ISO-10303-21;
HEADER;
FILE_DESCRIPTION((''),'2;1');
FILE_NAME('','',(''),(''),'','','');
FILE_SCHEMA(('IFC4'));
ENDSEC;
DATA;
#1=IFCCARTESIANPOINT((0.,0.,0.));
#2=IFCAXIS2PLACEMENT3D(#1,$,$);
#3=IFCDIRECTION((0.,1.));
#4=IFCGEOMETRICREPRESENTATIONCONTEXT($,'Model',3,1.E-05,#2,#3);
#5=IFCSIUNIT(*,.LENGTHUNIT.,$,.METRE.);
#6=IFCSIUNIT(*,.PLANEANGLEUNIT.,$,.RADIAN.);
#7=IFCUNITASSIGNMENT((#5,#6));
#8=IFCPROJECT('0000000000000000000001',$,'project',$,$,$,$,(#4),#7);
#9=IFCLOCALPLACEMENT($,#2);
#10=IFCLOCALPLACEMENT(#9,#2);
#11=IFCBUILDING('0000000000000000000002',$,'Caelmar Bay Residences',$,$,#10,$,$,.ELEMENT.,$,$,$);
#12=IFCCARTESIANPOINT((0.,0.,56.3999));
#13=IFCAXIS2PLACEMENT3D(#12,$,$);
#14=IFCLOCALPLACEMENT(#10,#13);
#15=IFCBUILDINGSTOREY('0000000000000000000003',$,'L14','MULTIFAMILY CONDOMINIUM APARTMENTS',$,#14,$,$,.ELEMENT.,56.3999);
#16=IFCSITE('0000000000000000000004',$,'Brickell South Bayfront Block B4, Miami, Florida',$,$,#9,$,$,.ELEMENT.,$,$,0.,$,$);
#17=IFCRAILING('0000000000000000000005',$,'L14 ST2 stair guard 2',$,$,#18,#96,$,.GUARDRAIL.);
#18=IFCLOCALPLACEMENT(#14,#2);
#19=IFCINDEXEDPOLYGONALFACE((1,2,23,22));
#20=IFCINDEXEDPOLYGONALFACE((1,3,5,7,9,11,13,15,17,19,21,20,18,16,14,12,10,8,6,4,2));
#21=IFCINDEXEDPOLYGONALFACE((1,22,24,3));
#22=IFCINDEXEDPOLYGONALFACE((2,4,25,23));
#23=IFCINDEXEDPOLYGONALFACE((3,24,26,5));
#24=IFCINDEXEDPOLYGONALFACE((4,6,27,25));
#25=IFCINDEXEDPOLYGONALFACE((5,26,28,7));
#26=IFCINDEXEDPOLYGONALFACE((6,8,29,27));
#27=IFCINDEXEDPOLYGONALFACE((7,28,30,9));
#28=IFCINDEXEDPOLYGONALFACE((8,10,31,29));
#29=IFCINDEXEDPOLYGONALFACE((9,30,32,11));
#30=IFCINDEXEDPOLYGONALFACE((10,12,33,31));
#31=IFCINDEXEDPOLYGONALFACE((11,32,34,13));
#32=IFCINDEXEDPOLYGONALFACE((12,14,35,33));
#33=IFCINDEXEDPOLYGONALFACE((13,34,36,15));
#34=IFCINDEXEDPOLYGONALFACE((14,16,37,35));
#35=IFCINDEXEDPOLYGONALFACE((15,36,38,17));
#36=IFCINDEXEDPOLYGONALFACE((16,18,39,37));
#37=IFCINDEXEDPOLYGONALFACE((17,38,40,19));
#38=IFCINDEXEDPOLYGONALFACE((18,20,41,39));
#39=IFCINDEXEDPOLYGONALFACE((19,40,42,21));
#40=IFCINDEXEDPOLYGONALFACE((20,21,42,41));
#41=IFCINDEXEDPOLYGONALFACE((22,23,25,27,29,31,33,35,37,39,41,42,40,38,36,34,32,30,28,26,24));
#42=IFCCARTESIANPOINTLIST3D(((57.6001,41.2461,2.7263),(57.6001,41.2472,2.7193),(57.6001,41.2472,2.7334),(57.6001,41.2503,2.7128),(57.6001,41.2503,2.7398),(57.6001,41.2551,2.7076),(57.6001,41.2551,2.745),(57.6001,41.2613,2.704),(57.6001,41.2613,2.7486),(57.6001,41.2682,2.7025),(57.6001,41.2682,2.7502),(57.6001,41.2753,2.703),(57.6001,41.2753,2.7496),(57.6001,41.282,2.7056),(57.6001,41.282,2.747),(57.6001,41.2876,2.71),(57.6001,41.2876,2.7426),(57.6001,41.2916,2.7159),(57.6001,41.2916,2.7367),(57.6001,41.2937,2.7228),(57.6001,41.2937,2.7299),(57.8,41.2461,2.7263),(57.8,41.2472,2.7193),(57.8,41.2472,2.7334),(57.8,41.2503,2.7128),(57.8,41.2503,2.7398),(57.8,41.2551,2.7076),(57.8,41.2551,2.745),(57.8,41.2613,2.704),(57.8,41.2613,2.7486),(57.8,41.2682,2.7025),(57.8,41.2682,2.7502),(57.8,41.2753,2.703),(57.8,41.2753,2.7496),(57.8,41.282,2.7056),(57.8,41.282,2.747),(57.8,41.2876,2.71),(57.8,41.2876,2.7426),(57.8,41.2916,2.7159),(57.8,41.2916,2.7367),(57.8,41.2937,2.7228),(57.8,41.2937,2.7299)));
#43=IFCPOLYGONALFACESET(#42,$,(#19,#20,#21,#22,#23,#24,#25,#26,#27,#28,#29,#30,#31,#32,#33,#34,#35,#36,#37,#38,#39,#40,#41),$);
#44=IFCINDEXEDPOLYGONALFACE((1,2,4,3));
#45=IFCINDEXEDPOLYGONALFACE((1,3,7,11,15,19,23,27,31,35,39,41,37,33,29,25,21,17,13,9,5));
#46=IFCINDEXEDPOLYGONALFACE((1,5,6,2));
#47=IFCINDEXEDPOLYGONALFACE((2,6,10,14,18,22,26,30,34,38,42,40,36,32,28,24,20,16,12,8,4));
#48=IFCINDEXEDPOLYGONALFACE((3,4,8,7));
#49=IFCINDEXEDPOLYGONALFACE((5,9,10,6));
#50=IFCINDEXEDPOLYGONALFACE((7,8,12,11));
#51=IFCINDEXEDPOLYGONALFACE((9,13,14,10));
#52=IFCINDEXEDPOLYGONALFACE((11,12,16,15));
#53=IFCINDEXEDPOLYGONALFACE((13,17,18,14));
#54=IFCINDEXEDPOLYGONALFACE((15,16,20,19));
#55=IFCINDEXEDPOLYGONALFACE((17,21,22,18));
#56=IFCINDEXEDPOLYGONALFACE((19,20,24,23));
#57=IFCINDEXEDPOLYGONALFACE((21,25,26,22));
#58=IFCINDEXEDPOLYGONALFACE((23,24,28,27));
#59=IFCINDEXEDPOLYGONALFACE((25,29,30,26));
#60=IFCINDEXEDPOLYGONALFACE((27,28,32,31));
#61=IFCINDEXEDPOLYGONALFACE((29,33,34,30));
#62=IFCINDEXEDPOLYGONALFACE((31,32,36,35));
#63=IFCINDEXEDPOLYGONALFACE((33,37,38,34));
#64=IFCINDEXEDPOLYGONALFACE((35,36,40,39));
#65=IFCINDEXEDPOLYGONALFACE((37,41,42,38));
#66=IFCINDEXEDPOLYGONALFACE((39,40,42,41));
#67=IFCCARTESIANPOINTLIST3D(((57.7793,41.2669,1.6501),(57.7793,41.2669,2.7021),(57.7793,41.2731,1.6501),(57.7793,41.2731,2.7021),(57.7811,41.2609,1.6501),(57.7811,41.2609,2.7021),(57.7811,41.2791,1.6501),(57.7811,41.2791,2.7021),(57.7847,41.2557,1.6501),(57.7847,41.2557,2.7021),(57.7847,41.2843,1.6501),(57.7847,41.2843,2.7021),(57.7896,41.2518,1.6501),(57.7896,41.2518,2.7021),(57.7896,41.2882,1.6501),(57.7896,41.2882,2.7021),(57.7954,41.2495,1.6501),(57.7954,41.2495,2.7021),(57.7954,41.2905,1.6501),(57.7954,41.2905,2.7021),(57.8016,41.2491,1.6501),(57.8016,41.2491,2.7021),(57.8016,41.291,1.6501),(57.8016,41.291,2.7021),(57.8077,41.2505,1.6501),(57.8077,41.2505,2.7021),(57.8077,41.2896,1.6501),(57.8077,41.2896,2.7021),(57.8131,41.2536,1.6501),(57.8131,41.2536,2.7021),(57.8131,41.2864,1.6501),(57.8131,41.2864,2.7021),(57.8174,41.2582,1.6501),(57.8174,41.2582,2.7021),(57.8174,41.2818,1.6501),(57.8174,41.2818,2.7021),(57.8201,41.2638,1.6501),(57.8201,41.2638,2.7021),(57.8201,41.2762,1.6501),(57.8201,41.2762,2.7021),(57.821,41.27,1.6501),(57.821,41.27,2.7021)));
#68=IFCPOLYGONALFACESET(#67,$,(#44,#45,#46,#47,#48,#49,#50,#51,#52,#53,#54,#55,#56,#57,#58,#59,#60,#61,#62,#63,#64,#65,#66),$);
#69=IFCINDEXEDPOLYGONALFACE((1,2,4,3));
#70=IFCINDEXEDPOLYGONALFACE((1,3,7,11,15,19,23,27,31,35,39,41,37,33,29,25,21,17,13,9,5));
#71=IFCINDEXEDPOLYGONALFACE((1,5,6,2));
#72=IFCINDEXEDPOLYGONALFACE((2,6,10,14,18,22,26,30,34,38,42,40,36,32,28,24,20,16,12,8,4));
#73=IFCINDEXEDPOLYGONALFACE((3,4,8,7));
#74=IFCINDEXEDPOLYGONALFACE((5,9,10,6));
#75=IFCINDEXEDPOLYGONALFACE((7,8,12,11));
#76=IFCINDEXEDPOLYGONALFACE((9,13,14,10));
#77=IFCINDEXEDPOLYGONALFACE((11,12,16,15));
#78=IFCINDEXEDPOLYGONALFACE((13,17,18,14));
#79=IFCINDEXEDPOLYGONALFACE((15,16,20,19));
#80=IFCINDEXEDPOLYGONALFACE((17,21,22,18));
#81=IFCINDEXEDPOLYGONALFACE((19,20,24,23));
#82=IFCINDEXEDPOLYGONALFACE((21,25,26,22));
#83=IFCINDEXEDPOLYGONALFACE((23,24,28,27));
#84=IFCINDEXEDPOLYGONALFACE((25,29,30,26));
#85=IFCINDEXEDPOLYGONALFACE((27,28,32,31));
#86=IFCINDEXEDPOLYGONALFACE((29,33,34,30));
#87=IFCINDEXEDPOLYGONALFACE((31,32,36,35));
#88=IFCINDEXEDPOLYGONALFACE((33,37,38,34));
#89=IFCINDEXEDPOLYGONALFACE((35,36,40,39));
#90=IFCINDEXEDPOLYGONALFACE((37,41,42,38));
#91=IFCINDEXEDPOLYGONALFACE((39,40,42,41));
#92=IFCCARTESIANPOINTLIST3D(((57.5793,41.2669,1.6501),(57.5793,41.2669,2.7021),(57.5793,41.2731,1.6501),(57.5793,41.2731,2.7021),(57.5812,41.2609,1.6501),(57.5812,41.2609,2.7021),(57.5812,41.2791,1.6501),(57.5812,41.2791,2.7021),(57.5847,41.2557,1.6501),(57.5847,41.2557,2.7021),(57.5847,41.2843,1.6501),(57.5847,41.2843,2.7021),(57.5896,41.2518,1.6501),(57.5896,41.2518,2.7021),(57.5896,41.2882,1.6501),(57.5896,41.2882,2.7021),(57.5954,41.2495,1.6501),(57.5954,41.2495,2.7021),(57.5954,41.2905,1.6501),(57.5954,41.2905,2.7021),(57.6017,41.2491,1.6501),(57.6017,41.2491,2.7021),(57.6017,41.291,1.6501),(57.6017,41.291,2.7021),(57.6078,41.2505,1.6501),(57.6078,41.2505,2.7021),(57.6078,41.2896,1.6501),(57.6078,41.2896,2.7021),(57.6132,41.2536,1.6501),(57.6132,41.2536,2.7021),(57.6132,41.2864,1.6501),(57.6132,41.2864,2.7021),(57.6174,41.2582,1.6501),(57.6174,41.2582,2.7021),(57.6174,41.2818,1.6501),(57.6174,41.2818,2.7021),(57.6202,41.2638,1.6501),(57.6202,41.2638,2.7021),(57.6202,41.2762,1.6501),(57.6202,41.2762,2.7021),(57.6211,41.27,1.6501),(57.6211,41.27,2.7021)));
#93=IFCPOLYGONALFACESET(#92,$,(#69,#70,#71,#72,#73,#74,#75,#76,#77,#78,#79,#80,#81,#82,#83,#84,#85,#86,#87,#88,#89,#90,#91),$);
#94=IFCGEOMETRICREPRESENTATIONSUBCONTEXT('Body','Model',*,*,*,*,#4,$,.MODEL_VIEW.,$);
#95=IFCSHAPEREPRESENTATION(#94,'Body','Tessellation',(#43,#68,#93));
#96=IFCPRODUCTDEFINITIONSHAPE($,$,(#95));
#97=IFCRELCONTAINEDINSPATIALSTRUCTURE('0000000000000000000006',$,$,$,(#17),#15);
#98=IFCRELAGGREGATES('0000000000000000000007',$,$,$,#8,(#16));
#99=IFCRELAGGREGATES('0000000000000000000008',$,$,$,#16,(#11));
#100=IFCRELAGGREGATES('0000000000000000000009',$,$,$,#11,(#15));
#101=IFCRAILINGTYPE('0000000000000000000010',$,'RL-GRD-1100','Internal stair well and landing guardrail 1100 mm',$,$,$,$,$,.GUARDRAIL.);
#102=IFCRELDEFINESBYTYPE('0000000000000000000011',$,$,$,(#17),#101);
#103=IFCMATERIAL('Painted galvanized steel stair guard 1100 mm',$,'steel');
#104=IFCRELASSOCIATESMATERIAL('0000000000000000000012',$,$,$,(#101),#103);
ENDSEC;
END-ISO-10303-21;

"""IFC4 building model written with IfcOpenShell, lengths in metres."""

from ifc_helpers import new_model, si_unit, direction, frame, origin, origin_2d, place, context, subcontext, project, spatial, circle, extrude, material, type_object, element, save


model = new_model("IFC4")

# Units and contexts
model_context = context("Model", 3, precision=1e-05, world=origin(), true_north=direction((0.0, 1.0)))
body_context = subcontext(model_context, "Body", "Model", "MODEL_VIEW")
ifc_project = project(units=[si_unit("LENGTHUNIT", "METRE"), si_unit("PLANEANGLEUNIT", "RADIAN")], contexts=[model_context])

# Site, building, storey
site_placement = place(None, origin())
site = spatial("IfcSite", under=ifc_project, at=site_placement, Name="Brickell South Bayfront Block B4, Miami, Florida", CompositionType="ELEMENT", RefElevation=0.0)
building_placement = place(site_placement, origin())
building = spatial("IfcBuilding", under=site, at=building_placement, Name="Caelmar Bay Residences", CompositionType="ELEMENT")
storey_placement = place(building_placement, frame((0.0, 0.0, 56.3999)))
storey = spatial("IfcBuildingStorey", under=building, at=storey_placement, Name="L14", Description="MULTIFAMILY CONDOMINIUM APARTMENTS", CompositionType="ELEMENT", Elevation=56.3999)

# Railing
ifc_material_1 = material(Name="Painted galvanized steel stair guard 1100 mm", Category="steel")
railing_type_1 = type_object("IfcRailingType", Name="RL-GRD-1100", Description="Internal stair well and landing guardrail 1100 mm", PredefinedType="GUARDRAIL", material=ifc_material_1)
railing_1_placement = place(storey_placement, frame((57.8, 41.27, 1.6501)))
element("IfcRailing", 1, at=railing_1_placement, inside=storey, type_object=railing_type_1, Name="L14 ST2 stair guard 2", PredefinedType="GUARDRAIL", context=body_context, shape_type="SweptSolid", body=[
    extrude(circle(Radius=0.0239, at=origin_2d()), frame((0.0, 0.0, 1.0762), z_axis=(-1.0, 0.0, 0.0), x_axis=(0.0, -1.0, 0.0)), (0.0, 0.0, 1.0), 0.2),
    extrude(circle(Radius=0.021, at=origin_2d()), origin(), (0.0, 0.0, 1.0), 1.052),
    extrude(circle(Radius=0.021, at=origin_2d()), frame((-0.2, 0.0, 0.0)), (0.0, 0.0, 1.0), 1.052),
])

save(model, "model.ifc")
